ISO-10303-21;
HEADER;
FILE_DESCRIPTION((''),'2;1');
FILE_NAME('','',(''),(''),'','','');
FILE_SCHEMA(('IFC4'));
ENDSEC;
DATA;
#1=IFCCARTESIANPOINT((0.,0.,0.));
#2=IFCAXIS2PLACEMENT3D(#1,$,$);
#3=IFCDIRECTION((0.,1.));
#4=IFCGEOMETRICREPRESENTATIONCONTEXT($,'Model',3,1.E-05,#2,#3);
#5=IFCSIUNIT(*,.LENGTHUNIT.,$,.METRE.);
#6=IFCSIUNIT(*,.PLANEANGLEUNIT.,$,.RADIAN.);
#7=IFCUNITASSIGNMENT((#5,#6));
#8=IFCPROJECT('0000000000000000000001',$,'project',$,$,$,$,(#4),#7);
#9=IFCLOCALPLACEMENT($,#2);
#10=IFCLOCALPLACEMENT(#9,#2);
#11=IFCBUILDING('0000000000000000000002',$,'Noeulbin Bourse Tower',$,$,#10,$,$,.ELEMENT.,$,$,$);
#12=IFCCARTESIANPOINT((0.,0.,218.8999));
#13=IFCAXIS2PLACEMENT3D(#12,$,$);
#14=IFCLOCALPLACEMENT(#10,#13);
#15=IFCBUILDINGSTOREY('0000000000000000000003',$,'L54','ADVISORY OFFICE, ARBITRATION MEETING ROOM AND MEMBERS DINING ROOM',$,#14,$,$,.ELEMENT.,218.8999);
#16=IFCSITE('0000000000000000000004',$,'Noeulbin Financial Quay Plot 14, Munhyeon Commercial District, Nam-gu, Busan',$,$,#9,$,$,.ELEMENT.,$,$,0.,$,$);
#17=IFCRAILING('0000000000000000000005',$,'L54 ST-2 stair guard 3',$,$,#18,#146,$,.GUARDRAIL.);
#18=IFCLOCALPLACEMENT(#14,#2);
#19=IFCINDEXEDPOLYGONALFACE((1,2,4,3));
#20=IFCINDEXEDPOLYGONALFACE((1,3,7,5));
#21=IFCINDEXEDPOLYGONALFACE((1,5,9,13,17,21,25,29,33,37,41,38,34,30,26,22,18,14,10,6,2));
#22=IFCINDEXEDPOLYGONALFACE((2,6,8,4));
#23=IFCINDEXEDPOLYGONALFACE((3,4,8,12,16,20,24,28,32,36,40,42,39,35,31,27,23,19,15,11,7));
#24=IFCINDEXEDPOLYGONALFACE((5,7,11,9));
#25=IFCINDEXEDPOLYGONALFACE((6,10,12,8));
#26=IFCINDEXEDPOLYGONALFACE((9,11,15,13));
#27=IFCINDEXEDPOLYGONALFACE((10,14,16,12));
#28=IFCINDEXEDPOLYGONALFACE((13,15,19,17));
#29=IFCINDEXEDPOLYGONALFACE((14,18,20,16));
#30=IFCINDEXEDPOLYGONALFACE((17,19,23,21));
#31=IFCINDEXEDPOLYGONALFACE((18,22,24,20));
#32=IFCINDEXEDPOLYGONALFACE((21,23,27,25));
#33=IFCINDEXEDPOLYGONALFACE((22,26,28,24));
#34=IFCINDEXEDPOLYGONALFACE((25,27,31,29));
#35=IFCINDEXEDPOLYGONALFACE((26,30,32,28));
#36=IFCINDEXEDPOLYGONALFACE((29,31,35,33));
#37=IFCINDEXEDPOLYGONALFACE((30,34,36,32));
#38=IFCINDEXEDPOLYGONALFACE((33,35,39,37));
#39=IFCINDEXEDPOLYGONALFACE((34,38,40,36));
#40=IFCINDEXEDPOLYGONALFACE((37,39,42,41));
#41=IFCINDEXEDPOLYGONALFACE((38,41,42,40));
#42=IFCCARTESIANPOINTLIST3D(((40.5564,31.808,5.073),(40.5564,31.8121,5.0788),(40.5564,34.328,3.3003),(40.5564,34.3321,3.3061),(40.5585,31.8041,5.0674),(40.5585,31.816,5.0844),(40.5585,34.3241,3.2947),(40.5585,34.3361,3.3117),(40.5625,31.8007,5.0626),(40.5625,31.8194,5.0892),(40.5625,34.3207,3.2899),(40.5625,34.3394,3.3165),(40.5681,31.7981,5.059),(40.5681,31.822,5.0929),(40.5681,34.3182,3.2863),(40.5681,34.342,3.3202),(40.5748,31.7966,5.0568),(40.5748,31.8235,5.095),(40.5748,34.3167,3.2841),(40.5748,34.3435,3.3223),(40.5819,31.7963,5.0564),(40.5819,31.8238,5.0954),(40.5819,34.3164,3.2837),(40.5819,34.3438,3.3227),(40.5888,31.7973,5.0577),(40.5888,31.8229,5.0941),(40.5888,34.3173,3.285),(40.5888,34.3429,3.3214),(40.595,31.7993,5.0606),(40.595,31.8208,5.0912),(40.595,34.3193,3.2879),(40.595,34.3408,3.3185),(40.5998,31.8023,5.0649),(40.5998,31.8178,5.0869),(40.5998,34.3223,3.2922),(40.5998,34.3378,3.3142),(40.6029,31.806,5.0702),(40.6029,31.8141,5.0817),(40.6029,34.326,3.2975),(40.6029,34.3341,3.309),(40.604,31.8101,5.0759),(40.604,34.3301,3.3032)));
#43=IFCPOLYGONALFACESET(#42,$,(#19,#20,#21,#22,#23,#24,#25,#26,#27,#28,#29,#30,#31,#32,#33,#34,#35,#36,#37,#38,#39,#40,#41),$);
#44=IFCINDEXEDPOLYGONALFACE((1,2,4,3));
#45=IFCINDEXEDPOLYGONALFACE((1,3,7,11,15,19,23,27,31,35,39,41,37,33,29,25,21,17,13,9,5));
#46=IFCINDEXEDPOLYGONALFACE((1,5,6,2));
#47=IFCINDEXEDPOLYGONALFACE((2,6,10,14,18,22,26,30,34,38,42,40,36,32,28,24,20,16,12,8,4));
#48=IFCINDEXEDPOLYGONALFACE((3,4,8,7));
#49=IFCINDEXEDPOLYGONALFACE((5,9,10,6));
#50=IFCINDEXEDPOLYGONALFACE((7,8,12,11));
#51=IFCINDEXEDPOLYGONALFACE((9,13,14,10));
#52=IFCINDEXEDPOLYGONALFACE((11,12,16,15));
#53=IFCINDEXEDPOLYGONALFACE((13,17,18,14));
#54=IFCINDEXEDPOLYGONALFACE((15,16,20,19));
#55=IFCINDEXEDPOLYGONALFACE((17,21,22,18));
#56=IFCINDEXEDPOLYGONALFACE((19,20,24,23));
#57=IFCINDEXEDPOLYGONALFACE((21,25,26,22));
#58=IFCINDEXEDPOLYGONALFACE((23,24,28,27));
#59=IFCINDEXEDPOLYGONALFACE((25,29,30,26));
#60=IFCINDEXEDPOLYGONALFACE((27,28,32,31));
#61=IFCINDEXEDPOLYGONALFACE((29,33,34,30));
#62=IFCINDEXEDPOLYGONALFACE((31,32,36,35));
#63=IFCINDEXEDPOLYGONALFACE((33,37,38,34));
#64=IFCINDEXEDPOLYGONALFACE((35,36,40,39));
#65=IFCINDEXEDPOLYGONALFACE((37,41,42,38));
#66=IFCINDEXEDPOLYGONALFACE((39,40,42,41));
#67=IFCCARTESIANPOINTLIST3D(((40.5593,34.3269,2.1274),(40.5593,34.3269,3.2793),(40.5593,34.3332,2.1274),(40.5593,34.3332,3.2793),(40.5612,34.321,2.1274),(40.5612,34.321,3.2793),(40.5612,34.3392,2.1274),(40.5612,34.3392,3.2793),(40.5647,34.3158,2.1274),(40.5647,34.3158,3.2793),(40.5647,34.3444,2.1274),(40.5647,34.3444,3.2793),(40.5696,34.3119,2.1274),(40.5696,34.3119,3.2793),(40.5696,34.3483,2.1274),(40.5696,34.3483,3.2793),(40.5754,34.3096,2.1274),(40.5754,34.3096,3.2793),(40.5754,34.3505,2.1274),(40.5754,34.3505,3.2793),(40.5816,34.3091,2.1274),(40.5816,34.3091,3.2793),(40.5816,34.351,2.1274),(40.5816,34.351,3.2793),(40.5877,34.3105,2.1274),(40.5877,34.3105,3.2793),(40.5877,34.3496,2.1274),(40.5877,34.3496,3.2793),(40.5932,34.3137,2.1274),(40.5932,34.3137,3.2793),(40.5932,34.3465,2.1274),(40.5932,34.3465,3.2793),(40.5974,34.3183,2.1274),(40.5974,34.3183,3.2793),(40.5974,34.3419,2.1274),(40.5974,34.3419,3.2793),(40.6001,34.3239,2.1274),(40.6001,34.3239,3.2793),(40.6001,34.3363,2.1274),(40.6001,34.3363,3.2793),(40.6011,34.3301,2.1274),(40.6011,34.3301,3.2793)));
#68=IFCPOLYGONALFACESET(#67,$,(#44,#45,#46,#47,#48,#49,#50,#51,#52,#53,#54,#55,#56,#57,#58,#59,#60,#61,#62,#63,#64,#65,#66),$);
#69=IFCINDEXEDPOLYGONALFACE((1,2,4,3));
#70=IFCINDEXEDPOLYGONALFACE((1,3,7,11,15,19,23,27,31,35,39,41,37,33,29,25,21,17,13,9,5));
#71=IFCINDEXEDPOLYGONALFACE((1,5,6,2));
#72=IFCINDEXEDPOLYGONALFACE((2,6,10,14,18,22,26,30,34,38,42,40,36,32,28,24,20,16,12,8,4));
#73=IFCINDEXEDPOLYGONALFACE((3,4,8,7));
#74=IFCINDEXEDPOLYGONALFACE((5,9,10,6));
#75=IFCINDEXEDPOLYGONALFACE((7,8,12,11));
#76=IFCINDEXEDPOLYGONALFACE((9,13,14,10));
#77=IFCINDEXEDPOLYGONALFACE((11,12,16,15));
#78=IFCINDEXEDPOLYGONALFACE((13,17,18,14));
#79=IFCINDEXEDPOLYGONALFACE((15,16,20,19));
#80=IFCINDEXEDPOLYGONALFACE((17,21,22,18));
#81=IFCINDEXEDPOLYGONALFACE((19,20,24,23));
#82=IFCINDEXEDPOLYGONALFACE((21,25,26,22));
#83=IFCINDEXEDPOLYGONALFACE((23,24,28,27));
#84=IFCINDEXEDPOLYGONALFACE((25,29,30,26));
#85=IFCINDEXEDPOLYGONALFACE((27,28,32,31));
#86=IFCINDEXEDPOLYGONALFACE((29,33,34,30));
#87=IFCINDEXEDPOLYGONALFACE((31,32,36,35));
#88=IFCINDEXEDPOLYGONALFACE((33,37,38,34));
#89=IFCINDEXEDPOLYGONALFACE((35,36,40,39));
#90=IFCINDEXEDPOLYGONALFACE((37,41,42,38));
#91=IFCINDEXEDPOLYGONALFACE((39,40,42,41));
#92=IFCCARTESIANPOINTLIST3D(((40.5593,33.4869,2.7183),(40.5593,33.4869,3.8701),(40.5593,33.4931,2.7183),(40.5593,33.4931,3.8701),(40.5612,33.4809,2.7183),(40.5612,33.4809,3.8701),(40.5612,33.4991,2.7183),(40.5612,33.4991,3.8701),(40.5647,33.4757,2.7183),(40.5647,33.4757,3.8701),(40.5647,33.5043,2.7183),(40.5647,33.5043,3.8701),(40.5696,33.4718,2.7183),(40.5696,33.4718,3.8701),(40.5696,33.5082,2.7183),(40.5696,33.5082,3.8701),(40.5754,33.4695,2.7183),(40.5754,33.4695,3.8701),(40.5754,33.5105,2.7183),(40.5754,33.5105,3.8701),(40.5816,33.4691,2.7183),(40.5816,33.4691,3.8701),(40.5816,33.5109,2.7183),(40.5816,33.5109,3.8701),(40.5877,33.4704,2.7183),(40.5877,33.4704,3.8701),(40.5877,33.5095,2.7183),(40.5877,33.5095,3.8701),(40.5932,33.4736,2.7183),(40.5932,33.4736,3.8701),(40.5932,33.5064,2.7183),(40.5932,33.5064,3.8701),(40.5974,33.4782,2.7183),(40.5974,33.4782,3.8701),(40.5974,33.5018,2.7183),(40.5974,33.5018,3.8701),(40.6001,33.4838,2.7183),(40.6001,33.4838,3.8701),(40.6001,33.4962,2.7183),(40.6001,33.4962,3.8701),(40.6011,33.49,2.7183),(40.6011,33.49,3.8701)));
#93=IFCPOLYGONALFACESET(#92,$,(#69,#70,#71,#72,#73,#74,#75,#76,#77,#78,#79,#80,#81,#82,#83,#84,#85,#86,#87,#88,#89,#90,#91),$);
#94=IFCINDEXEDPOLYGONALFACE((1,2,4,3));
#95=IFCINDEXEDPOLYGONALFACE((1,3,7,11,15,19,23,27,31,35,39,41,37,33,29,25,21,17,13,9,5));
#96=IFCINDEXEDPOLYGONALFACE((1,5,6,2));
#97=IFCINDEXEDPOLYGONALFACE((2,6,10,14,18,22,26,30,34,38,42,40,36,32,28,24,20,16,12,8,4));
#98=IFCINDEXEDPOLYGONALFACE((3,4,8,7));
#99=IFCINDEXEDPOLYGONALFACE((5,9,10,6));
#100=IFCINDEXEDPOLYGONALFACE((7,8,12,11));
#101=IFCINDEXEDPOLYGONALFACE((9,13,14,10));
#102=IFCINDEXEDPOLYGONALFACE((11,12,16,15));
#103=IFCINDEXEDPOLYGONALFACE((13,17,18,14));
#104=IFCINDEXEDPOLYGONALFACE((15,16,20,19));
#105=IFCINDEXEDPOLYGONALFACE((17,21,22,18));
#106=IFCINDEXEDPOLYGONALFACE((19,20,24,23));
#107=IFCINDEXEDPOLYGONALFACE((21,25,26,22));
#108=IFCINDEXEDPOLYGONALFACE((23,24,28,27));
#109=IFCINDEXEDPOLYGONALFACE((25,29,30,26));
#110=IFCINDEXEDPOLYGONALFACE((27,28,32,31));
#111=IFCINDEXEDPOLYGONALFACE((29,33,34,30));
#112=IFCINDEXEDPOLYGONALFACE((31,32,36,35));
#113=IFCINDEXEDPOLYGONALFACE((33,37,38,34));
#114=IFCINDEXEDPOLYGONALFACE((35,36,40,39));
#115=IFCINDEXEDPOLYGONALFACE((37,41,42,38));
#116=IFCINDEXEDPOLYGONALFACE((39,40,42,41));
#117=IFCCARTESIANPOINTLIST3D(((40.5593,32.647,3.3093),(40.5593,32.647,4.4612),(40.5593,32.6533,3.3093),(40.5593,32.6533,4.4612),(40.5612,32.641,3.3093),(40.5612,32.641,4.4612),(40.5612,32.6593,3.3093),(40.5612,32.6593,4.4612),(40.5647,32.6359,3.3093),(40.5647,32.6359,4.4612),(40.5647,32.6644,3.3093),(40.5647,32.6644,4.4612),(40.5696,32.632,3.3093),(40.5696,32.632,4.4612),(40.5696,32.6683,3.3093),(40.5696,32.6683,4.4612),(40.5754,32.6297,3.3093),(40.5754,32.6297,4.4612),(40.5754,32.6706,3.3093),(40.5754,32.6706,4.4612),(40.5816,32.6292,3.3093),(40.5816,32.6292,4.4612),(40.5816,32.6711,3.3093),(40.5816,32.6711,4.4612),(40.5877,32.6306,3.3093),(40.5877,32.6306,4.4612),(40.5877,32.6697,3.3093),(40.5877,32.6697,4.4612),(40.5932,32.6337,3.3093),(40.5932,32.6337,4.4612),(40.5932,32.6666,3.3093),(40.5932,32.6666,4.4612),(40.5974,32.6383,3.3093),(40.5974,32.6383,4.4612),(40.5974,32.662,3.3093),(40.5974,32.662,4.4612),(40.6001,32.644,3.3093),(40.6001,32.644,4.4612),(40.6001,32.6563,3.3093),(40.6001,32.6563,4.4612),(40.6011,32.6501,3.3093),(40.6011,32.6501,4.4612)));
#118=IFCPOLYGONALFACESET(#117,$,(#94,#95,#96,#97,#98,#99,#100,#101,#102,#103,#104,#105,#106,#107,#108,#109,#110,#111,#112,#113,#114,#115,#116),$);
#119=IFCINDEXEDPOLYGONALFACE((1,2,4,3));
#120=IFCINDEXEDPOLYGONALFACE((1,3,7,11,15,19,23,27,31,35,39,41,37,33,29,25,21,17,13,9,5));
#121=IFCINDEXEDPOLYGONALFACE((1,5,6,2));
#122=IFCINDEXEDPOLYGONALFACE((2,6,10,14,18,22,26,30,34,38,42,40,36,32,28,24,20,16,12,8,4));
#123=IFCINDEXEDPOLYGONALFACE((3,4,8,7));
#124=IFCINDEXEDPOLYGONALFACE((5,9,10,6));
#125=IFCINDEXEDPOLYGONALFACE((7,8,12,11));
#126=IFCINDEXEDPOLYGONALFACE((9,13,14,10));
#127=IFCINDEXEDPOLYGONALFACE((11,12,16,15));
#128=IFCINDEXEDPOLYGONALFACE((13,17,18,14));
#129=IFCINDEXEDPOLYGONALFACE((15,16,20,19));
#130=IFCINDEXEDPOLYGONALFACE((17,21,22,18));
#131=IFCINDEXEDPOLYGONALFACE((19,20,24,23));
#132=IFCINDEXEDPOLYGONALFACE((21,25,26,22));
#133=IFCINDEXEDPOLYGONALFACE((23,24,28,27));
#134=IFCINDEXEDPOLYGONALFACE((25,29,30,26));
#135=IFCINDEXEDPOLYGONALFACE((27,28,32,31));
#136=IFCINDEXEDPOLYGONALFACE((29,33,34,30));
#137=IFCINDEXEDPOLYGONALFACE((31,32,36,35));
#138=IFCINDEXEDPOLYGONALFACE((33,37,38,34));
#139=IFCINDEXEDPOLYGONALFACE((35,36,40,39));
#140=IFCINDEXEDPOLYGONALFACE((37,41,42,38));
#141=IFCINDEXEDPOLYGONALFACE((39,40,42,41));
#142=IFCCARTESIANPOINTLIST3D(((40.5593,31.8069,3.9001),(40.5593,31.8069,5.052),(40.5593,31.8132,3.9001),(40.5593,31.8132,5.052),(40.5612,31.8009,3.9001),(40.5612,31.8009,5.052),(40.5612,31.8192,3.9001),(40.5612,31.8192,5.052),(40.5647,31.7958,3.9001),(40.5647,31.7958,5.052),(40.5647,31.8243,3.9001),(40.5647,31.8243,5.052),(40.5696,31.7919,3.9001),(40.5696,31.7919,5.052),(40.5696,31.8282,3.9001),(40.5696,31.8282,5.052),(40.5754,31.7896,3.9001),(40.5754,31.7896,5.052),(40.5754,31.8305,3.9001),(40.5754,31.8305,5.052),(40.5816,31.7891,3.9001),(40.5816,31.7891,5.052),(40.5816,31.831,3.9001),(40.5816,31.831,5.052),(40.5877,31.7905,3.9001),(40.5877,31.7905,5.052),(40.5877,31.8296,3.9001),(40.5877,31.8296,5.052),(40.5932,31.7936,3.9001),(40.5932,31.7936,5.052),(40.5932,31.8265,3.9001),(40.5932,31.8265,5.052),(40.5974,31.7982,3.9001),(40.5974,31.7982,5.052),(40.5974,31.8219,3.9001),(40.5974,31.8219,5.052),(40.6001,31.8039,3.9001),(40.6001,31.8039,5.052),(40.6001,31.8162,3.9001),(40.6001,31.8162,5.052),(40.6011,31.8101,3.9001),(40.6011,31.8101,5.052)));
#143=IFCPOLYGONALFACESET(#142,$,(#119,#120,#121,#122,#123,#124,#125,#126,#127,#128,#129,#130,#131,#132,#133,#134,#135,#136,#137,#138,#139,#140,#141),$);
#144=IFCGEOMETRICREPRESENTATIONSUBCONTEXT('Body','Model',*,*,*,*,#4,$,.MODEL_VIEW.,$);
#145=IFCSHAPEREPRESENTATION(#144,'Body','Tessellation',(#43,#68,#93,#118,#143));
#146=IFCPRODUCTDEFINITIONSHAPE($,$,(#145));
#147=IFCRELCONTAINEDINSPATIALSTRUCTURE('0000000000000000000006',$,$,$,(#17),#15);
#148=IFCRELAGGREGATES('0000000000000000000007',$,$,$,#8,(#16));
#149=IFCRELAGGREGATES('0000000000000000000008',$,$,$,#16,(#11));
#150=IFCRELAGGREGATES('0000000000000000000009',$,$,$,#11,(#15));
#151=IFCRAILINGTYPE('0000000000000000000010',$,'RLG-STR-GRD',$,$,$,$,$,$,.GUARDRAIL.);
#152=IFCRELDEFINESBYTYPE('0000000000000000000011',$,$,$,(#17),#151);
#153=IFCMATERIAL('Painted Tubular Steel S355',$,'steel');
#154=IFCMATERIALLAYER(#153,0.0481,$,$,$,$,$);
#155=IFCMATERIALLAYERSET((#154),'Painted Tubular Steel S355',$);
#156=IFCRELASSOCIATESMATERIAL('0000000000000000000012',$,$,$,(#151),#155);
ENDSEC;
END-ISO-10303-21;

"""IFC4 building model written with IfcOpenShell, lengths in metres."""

from ifc_helpers import new_model, si_unit, direction, frame, origin, origin_2d, place, context, subcontext, project, spatial, circle, extrude, material, layer, layer_set, type_object, element, save


model = new_model("IFC4")

# Units and contexts
model_context = context("Model", 3, precision=1e-05, world=origin(), true_north=direction((0.0, 1.0)))
body_context = subcontext(model_context, "Body", "Model", "MODEL_VIEW")
ifc_project = project(units=[si_unit("LENGTHUNIT", "METRE"), si_unit("PLANEANGLEUNIT", "RADIAN")], contexts=[model_context])

# Site, building, storey
site_placement = place(None, origin())
site = spatial("IfcSite", under=ifc_project, at=site_placement, Name="Noeulbin Financial Quay Plot 14, Munhyeon Commercial District, Nam-gu, Busan", CompositionType="ELEMENT", RefElevation=0.0)
building_placement = place(site_placement, origin())
building = spatial("IfcBuilding", under=site, at=building_placement, Name="Noeulbin Bourse Tower", CompositionType="ELEMENT")
storey_placement = place(building_placement, frame((0.0, 0.0, 218.8999)))
storey = spatial("IfcBuildingStorey", under=building, at=storey_placement, Name="L54", Description="ADVISORY OFFICE, ARBITRATION MEETING ROOM AND MEMBERS DINING ROOM", CompositionType="ELEMENT", Elevation=218.8999)

# Railing
ifc_material_1 = material(Name="Painted Tubular Steel S355", Category="steel")
ifc_layer_1 = layer(ifc_material_1, 0.0481)
ifc_layer_set_1 = layer_set([ifc_layer_1], Name="Painted Tubular Steel S355")
railing_type_1 = type_object("IfcRailingType", Name="RLG-STR-GRD", PredefinedType="GUARDRAIL", material=ifc_layer_set_1)
railing_1_placement = place(storey_placement, frame((40.5801, 34.3301, 2.1274)))
element("IfcRailing", 1, at=railing_1_placement, inside=storey, type_object=railing_type_1, Name="L54 ST-2 stair guard 3", PredefinedType="GUARDRAIL", context=body_context, shape_type="SweptSolid", body=[
    extrude(circle(Radius=0.0239, at=origin_2d()), frame((0.0, 0.0, 1.1758), z_axis=(0.0, -0.817904, 0.575354), x_axis=(1.0, 0.0, 0.0)), (0.0, 0.0, 1.0), 3.0811),
    extrude(circle(Radius=0.021, at=origin_2d()), origin(), (0.0, 0.0, 1.0), 1.1519),
    extrude(circle(Radius=0.021, at=origin_2d()), frame((0.0, -0.8401, 0.5908)), (0.0, 0.0, 1.0), 1.1519),
    extrude(circle(Radius=0.021, at=origin_2d()), frame((0.0, -1.6799, 1.1819)), (0.0, 0.0, 1.0), 1.1519),
    extrude(circle(Radius=0.021, at=origin_2d()), frame((0.0, -2.52, 1.7727)), (0.0, 0.0, 1.0), 1.1519),
])

save(model, "model.ifc")
